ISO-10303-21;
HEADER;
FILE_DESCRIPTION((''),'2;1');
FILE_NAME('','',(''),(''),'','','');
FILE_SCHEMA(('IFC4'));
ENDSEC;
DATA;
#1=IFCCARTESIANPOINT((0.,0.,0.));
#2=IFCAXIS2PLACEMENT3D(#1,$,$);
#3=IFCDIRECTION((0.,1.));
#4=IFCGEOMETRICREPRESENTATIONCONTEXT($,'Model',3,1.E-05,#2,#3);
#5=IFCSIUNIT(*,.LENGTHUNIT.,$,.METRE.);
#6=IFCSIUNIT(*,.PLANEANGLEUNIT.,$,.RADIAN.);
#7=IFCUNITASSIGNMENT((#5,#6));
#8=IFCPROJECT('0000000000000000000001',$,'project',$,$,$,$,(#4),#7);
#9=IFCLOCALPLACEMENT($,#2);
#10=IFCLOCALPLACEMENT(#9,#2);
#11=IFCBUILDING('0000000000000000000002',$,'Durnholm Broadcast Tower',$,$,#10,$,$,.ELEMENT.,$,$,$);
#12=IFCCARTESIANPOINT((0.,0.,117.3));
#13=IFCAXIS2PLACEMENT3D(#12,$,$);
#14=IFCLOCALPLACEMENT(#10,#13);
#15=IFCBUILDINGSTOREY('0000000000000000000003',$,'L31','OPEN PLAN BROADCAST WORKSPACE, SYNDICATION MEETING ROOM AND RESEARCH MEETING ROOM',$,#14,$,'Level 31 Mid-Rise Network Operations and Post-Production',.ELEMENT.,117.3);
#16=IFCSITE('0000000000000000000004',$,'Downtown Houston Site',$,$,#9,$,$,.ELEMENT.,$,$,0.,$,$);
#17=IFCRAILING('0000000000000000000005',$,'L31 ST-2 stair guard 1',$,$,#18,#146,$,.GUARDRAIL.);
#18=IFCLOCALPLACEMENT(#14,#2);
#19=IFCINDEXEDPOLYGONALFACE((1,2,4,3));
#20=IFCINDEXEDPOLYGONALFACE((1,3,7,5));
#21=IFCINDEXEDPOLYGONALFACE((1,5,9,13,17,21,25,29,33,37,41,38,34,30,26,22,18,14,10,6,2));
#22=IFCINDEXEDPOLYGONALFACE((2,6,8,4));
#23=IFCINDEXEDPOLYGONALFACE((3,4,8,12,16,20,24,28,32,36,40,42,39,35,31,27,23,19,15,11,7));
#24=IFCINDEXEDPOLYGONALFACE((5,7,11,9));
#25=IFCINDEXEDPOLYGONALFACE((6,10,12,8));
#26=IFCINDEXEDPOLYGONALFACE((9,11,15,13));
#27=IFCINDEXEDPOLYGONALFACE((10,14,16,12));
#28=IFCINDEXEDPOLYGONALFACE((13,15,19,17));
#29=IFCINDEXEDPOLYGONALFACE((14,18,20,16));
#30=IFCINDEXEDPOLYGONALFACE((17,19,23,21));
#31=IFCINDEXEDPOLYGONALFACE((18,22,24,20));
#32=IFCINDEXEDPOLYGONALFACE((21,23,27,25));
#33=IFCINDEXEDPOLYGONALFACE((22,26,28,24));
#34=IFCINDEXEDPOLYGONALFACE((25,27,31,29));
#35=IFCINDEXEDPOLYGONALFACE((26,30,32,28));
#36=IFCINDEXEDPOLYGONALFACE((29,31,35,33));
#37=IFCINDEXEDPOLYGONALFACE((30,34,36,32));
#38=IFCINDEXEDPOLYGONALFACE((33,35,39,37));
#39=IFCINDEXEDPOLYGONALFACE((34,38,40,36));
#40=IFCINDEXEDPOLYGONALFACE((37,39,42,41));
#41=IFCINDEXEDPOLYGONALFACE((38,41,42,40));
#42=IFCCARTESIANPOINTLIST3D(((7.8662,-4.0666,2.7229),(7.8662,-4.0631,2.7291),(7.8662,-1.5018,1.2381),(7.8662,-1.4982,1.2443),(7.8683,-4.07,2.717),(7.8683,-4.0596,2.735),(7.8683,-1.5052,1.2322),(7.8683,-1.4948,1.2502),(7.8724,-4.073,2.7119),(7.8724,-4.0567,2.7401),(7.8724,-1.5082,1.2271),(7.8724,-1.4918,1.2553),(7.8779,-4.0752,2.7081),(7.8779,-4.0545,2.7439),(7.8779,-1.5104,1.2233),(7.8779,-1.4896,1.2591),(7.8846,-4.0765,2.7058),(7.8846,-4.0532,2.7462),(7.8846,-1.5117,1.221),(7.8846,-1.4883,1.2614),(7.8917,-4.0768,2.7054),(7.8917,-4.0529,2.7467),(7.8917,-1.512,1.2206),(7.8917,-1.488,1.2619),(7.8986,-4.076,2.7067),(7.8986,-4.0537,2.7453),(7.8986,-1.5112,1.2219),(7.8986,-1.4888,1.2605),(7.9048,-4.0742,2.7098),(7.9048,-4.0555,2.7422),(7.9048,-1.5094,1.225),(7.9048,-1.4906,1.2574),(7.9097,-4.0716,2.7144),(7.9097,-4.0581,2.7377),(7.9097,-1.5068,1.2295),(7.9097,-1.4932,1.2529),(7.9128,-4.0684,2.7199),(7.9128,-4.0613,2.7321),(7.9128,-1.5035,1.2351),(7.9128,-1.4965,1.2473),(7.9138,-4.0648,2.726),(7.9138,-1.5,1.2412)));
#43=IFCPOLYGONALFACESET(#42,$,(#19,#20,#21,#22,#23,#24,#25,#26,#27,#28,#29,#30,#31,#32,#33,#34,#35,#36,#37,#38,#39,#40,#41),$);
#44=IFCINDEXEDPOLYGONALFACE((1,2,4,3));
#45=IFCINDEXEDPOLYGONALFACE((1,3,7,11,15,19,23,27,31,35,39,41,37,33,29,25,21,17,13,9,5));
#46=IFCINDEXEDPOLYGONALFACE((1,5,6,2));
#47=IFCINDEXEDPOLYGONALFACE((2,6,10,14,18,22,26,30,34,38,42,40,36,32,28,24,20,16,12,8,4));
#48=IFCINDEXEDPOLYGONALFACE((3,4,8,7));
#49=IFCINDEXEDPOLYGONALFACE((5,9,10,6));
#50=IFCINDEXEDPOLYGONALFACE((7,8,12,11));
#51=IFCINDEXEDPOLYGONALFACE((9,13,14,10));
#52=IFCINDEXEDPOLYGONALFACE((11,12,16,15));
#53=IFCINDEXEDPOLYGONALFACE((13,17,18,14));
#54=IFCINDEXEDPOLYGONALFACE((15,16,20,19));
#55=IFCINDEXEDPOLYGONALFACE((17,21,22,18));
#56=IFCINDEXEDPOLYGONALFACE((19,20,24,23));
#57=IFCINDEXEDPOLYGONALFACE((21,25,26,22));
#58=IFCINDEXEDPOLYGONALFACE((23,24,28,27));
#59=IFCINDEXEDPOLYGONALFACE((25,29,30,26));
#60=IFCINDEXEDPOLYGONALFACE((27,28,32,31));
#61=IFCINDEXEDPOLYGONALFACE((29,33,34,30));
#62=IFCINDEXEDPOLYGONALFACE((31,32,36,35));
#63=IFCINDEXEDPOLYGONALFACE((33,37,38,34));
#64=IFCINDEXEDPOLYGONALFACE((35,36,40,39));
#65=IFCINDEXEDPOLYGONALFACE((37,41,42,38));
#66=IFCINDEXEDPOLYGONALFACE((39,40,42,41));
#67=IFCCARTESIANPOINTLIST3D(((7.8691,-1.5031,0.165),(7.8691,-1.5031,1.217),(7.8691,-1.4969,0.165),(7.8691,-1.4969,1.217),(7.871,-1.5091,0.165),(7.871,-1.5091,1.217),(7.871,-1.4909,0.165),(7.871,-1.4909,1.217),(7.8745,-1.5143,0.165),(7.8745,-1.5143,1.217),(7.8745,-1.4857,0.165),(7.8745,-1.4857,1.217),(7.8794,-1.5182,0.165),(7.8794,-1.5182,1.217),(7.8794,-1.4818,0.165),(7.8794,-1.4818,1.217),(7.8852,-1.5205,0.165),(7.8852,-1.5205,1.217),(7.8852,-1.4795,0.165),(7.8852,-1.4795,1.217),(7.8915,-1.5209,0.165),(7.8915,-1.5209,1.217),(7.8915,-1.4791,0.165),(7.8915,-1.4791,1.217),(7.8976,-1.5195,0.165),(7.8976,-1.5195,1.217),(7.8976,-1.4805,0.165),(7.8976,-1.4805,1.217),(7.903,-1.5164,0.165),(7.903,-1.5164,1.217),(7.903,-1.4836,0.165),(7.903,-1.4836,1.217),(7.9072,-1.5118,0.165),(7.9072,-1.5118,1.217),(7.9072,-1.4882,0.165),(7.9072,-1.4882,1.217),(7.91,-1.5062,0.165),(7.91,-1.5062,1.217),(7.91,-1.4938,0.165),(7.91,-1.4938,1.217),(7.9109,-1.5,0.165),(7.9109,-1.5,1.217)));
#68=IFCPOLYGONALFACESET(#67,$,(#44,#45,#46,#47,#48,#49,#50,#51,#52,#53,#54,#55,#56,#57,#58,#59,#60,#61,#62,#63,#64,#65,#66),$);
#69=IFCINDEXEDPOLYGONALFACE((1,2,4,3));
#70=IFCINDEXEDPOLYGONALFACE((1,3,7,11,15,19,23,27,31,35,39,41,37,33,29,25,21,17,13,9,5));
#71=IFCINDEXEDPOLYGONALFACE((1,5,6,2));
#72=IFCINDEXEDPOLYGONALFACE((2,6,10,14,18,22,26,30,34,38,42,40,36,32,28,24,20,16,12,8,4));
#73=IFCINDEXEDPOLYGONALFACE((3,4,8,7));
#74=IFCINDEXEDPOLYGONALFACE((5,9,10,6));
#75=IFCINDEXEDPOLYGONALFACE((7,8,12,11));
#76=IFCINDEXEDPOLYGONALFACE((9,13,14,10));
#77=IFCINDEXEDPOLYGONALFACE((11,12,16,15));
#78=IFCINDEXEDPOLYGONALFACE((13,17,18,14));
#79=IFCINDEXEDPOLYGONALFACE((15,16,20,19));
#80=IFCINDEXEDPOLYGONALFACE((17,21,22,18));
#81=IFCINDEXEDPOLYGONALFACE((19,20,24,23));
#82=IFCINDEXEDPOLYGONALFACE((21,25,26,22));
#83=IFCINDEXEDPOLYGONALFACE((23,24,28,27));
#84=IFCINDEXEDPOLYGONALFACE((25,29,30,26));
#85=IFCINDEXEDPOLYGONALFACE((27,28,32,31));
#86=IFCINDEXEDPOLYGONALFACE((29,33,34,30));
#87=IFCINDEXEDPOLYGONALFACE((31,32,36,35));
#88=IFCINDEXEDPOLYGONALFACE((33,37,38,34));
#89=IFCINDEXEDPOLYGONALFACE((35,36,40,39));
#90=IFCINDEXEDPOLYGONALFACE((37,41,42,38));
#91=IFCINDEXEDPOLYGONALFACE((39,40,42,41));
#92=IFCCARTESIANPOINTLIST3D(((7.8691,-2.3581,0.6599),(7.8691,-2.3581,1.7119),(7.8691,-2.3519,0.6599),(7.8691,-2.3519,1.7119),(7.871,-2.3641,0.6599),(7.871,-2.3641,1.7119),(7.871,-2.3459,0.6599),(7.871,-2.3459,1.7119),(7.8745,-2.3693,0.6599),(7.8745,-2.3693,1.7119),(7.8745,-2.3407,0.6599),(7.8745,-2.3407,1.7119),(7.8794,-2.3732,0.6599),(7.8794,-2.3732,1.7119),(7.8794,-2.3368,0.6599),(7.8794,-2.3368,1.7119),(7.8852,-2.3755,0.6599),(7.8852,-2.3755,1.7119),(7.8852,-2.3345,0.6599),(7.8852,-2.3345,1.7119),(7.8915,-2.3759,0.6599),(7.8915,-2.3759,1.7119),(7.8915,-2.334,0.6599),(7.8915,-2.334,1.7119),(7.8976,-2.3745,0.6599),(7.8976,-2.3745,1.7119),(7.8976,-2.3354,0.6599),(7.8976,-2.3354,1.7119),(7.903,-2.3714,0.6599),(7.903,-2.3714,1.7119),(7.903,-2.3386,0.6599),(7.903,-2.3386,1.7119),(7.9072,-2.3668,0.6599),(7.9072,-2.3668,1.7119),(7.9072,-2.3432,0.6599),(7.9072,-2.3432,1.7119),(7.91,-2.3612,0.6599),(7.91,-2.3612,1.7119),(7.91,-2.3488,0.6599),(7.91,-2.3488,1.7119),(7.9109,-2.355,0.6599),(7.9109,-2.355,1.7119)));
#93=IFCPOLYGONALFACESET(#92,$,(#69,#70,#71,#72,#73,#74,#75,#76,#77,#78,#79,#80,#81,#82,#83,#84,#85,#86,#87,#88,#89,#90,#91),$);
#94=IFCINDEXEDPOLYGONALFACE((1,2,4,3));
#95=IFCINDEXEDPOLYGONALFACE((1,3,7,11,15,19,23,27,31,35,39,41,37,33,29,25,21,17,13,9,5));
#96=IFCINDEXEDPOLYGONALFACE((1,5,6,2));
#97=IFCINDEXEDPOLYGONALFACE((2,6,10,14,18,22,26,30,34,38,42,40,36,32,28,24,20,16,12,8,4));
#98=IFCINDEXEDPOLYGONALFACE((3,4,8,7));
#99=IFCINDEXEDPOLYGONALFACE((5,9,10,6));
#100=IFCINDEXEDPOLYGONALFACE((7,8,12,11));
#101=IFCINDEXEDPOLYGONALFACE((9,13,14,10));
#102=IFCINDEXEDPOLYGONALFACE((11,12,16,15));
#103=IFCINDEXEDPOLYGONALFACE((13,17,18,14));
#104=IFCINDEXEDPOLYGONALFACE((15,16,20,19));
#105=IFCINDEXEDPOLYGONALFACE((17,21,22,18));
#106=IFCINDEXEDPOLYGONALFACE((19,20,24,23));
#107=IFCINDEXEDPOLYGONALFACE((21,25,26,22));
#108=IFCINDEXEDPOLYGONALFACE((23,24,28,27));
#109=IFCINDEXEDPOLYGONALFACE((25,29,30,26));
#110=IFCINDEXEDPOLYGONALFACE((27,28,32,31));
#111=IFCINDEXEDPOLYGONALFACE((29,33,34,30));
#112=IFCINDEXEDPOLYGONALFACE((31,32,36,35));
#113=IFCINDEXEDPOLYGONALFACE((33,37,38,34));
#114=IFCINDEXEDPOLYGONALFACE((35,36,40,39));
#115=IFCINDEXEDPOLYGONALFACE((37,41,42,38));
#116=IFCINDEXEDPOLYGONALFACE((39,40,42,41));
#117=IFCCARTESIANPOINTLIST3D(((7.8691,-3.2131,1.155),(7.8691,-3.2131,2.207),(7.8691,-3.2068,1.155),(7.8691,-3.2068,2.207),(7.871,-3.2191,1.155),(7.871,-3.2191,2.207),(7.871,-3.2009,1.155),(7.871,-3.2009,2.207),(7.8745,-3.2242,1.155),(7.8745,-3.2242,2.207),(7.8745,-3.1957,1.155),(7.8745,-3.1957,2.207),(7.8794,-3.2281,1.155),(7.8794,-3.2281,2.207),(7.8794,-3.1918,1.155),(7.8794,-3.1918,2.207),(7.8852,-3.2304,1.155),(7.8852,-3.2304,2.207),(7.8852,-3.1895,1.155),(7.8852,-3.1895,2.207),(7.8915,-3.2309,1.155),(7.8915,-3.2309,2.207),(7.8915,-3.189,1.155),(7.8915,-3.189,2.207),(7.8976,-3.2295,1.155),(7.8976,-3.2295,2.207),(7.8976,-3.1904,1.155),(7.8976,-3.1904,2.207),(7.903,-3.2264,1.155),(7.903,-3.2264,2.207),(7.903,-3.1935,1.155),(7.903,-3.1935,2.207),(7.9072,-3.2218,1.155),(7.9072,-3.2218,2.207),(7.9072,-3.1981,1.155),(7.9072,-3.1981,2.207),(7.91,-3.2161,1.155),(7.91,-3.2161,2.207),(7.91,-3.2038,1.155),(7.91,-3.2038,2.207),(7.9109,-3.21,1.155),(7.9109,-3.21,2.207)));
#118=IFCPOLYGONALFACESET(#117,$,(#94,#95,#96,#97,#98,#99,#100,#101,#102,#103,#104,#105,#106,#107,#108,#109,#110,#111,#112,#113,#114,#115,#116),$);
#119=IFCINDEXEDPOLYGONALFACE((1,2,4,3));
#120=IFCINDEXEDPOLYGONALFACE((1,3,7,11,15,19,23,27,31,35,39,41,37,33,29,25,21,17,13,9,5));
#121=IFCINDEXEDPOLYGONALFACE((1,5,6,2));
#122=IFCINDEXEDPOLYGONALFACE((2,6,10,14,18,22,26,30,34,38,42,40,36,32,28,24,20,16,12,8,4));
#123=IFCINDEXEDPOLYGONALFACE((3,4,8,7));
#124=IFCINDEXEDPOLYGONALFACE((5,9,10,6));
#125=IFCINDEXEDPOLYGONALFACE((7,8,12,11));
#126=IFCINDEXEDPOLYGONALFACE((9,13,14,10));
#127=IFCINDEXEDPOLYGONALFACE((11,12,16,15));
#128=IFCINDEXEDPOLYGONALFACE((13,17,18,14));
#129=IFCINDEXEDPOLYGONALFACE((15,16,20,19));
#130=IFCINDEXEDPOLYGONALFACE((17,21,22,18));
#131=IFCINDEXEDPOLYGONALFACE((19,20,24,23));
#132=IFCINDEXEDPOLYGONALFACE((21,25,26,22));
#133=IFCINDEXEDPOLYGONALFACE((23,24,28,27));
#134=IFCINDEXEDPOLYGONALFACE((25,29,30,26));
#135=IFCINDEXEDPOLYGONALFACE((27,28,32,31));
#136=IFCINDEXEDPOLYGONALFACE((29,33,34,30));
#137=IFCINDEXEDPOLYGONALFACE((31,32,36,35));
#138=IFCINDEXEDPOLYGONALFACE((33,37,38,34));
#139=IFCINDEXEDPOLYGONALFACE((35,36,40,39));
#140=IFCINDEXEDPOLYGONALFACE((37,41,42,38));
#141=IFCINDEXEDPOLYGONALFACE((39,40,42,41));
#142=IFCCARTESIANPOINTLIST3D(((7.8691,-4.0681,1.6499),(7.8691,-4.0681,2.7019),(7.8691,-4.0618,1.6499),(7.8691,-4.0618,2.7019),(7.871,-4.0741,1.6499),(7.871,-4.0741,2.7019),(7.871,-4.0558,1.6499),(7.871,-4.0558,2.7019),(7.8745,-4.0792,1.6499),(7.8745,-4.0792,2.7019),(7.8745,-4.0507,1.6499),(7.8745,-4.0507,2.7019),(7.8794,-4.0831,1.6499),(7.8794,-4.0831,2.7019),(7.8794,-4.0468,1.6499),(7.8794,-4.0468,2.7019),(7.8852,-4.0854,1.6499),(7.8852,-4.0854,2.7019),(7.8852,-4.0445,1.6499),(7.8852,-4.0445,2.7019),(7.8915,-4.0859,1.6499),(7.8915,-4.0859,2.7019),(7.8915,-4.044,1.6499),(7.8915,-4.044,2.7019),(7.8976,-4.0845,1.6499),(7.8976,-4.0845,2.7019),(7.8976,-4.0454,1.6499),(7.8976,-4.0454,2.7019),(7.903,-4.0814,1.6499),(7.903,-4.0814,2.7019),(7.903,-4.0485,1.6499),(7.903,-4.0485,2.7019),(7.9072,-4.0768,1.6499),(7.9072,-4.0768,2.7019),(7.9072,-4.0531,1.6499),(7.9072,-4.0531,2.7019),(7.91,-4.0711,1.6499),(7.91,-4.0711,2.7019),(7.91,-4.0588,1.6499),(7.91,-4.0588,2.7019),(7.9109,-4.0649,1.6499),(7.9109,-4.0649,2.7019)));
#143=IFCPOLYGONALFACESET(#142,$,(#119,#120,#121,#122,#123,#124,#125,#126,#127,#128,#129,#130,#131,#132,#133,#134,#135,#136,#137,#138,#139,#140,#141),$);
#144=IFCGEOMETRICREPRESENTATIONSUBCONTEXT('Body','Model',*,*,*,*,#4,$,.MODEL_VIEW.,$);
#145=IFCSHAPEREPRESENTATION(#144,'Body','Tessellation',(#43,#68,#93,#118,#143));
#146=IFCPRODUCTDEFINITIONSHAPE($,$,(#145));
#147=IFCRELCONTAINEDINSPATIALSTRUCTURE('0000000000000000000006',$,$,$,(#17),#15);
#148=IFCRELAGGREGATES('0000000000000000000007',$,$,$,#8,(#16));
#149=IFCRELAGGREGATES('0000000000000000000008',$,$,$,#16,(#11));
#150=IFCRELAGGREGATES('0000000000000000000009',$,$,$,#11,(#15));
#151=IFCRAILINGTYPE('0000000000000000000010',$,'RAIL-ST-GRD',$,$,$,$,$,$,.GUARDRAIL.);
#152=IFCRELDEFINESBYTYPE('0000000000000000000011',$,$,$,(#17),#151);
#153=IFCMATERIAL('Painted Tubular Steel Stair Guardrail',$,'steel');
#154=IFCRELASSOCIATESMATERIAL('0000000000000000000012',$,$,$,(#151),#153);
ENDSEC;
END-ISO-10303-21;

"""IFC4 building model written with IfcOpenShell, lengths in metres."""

from ifc_helpers import new_model, si_unit, direction, frame, origin, origin_2d, place, context, subcontext, project, spatial, circle, extrude, material, type_object, element, save


model = new_model("IFC4")

# Units and contexts
model_context = context("Model", 3, precision=1e-05, world=origin(), true_north=direction((0.0, 1.0)))
body_context = subcontext(model_context, "Body", "Model", "MODEL_VIEW")
ifc_project = project(units=[si_unit("LENGTHUNIT", "METRE"), si_unit("PLANEANGLEUNIT", "RADIAN")], contexts=[model_context])

# Site, building, storey
site_placement = place(None, origin())
site = spatial("IfcSite", under=ifc_project, at=site_placement, Name="Downtown Houston Site", CompositionType="ELEMENT", RefElevation=0.0)
building_placement = place(site_placement, origin())
building = spatial("IfcBuilding", under=site, at=building_placement, Name="Durnholm Broadcast Tower", CompositionType="ELEMENT")
storey_placement = place(building_placement, frame((0.0, 0.0, 117.3)))
storey = spatial("IfcBuildingStorey", under=building, at=storey_placement, Name="L31", Description="OPEN PLAN BROADCAST WORKSPACE, SYNDICATION MEETING ROOM AND RESEARCH MEETING ROOM", LongName="Level 31 Mid-Rise Network Operations and Post-Production", CompositionType="ELEMENT", Elevation=117.3)

# Railing
ifc_material_1 = material(Name="Painted Tubular Steel Stair Guardrail", Category="steel")
railing_type_1 = type_object("IfcRailingType", Name="RAIL-ST-GRD", PredefinedType="GUARDRAIL", material=ifc_material_1)
railing_1_placement = place(storey_placement, frame((7.8899, -1.5, 0.165)))
element("IfcRailing", 1, at=railing_1_placement, inside=storey, type_object=railing_type_1, Name="L31 ST-2 stair guard 1", PredefinedType="GUARDRAIL", context=body_context, shape_type="SweptSolid", body=[
    extrude(circle(Radius=0.0239, at=origin_2d()), frame((0.0, 0.0, 1.0762), z_axis=(0.0, -0.865441, 0.50101), x_axis=(1.0, 0.0, 0.0)), (0.0, 0.0, 1.0), 2.9636),
    extrude(circle(Radius=0.021, at=origin_2d()), origin(), (0.0, 0.0, 1.0), 1.052),
    extrude(circle(Radius=0.021, at=origin_2d()), frame((0.0, -0.855, 0.4949)), (0.0, 0.0, 1.0), 1.052),
    extrude(circle(Radius=0.021, at=origin_2d()), frame((0.0, -1.71, 0.99)), (0.0, 0.0, 1.0), 1.052),
    extrude(circle(Radius=0.021, at=origin_2d()), frame((0.0, -2.5649, 1.4849)), (0.0, 0.0, 1.0), 1.052),
])

save(model, "model.ifc")
